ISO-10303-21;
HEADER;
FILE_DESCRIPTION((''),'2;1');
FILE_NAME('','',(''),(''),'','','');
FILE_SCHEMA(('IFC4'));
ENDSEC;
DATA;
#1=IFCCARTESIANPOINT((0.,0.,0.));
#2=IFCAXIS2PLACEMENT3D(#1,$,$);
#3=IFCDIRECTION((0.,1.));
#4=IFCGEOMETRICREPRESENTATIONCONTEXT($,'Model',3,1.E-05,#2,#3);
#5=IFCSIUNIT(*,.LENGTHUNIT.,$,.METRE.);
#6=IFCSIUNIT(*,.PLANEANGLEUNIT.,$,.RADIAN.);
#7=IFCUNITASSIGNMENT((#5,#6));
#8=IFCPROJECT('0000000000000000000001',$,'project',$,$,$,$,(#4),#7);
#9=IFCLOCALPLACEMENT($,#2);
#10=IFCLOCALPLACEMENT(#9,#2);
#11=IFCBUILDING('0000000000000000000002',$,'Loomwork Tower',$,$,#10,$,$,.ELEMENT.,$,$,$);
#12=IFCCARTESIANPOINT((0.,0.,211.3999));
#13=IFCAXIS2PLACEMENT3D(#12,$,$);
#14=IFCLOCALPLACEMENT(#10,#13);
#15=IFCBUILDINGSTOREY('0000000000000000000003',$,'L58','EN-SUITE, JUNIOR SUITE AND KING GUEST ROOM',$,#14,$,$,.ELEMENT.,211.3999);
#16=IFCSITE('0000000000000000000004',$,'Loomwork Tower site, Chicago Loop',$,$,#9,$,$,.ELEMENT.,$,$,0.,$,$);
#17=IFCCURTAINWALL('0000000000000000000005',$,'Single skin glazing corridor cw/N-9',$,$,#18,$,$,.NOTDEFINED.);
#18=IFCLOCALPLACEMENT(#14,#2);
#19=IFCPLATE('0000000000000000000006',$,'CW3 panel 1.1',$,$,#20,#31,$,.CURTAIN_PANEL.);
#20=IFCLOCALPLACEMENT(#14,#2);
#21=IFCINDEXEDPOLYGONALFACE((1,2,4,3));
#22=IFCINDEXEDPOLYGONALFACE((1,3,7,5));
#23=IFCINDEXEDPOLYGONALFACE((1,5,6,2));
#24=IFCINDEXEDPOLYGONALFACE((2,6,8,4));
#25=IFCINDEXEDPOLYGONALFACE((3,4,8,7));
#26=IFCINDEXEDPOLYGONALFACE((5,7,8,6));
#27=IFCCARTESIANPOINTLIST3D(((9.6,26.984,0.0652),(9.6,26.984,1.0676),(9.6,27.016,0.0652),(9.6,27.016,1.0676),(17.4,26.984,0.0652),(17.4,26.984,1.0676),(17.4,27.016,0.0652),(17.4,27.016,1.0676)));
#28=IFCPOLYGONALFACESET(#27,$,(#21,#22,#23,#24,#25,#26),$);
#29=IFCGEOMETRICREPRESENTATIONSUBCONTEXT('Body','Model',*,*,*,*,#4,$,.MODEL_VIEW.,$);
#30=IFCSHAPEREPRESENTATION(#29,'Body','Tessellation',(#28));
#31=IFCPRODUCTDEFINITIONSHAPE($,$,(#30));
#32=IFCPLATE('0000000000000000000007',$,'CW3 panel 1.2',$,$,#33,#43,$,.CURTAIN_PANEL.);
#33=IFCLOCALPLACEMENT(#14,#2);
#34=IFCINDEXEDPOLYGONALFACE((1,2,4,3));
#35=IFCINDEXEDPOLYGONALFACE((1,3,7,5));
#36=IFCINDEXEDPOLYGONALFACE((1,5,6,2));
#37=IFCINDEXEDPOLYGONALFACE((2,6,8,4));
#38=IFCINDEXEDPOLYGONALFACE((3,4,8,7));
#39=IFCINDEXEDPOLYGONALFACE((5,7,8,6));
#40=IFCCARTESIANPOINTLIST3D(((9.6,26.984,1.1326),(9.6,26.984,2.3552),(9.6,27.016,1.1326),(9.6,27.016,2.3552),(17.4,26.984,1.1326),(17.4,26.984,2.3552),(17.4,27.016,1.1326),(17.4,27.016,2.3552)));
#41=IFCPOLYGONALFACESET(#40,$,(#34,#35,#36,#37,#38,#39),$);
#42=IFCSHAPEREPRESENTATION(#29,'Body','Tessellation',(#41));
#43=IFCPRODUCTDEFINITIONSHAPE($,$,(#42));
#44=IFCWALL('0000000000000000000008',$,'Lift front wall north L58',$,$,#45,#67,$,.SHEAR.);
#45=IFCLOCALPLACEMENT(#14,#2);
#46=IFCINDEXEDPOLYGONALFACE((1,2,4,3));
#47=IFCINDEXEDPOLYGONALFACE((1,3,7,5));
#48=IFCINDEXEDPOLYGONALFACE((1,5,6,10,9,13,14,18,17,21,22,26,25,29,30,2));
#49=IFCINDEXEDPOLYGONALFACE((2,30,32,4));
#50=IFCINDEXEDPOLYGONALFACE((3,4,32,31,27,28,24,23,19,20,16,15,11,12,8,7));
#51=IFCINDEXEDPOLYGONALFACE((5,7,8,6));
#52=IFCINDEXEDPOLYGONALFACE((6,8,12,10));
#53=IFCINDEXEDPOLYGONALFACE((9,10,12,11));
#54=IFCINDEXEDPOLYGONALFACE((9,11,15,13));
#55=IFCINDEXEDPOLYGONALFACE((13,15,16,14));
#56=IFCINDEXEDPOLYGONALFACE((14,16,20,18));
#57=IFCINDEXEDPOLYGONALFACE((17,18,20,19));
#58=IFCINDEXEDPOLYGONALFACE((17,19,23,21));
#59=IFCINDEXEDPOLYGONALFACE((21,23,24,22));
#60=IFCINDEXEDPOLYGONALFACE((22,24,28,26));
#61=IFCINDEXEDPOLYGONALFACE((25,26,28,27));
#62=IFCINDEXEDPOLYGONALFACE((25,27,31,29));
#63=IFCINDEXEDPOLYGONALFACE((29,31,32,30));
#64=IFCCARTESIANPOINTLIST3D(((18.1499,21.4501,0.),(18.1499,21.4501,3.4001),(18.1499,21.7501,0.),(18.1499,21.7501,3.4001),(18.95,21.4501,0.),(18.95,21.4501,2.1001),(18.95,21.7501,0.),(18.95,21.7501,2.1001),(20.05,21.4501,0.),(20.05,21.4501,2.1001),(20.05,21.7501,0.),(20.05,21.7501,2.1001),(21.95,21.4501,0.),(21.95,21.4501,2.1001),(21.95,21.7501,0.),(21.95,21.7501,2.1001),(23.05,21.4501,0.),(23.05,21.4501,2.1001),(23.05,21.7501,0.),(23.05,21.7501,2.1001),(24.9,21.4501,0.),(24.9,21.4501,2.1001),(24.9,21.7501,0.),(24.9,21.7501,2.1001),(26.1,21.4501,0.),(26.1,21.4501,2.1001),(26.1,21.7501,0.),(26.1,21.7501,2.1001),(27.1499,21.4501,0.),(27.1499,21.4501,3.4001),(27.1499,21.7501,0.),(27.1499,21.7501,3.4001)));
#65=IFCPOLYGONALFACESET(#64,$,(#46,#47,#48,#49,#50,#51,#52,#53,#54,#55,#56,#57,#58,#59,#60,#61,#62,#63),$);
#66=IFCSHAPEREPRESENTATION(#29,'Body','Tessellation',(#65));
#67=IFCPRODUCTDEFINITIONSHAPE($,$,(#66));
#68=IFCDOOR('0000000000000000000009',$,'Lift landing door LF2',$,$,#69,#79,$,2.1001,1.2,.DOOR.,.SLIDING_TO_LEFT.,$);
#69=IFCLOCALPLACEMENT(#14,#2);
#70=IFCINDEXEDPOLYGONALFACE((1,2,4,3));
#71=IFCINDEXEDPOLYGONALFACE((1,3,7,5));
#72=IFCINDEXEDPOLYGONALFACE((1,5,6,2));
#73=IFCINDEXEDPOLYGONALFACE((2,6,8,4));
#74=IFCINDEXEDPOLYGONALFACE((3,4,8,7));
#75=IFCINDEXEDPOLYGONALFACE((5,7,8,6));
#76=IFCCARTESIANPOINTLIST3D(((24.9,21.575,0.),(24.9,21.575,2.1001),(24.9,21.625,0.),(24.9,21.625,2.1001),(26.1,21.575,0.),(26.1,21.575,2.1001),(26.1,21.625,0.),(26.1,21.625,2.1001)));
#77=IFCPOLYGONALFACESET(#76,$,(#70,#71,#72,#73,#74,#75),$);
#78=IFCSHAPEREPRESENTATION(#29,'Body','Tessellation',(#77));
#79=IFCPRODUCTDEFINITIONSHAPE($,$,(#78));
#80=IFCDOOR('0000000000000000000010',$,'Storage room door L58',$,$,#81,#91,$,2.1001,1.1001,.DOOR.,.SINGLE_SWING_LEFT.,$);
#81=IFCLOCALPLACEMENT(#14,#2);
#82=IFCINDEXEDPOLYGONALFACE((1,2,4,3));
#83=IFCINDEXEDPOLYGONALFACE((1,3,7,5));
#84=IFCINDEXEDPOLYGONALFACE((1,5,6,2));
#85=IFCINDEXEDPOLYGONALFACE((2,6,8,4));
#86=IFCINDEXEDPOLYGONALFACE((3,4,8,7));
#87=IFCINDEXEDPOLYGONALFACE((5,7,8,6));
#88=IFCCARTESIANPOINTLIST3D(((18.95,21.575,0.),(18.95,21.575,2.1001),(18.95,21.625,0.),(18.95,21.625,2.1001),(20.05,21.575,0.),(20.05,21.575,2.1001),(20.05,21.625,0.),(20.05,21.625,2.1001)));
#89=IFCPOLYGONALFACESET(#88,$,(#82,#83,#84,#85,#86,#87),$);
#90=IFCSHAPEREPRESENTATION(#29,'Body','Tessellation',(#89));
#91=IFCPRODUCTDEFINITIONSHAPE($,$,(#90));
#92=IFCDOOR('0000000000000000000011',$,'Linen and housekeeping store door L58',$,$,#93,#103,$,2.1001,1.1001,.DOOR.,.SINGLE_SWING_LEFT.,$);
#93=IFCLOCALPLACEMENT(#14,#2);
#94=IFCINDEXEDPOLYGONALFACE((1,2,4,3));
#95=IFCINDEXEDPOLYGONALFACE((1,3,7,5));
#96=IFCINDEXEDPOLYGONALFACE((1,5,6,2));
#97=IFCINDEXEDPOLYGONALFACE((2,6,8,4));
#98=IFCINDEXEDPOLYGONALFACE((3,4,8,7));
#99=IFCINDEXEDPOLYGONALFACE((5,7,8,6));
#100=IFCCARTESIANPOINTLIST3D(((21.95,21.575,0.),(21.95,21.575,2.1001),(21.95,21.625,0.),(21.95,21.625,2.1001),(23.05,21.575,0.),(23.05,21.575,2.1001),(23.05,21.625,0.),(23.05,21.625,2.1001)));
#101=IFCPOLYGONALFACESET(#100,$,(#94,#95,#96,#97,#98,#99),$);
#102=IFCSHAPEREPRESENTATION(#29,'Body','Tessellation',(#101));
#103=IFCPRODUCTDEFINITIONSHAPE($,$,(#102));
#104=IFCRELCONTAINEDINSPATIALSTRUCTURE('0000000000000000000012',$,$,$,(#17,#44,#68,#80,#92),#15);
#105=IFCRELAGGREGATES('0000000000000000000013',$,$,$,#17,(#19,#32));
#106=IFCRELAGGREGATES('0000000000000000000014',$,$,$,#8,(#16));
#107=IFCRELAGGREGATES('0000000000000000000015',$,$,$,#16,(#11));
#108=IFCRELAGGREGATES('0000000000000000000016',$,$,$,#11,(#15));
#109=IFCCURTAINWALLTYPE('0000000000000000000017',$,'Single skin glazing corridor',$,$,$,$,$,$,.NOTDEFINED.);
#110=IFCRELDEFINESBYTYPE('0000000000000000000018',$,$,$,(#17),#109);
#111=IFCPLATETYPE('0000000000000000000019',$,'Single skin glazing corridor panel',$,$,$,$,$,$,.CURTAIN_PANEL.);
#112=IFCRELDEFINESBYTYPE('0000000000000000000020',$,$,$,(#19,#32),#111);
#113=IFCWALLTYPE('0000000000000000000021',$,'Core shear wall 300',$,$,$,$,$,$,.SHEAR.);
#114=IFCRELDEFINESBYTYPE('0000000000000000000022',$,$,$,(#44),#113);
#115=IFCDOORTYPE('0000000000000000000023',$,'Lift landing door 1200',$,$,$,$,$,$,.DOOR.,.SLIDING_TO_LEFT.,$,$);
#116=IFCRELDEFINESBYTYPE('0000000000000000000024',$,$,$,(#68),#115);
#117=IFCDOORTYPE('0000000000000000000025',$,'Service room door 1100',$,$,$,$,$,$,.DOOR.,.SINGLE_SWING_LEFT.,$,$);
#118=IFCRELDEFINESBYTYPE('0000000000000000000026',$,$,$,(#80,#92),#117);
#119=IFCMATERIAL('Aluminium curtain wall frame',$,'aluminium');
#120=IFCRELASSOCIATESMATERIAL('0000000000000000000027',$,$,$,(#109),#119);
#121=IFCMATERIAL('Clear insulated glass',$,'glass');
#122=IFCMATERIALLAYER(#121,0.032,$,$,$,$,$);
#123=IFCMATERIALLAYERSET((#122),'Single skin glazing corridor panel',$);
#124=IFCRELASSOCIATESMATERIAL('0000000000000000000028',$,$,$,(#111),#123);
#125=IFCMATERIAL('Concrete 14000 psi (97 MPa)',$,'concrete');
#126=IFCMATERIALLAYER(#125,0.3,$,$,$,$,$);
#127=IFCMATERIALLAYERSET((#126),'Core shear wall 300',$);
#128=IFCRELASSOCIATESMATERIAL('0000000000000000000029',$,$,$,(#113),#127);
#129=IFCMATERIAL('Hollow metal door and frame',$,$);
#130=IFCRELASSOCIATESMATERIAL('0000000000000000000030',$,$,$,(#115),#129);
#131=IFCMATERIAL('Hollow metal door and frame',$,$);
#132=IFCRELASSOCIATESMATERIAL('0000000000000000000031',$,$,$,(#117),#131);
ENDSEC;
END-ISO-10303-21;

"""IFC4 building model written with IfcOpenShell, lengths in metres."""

from ifc_helpers import new_model, si_unit, direction, frame, frame_2d, origin, origin_2d, place, context, subcontext, project, spatial, rectangle, extrude, material, layer, layer_set, type_object, element, fill, aggregate, save


model = new_model("IFC4")

# Units and contexts
model_context = context("Model", 3, precision=1e-05, world=origin(), true_north=direction((0.0, 1.0)))
body_context = subcontext(model_context, "Body", "Model", "MODEL_VIEW")
ifc_project = project(units=[si_unit("LENGTHUNIT", "METRE"), si_unit("PLANEANGLEUNIT", "RADIAN")], contexts=[model_context])

# Site, building, storey
site_placement = place(None, origin())
site = spatial("IfcSite", under=ifc_project, at=site_placement, Name="Loomwork Tower site, Chicago Loop", CompositionType="ELEMENT", RefElevation=0.0)
building_placement = place(site_placement, origin())
building = spatial("IfcBuilding", under=site, at=building_placement, Name="Loomwork Tower", CompositionType="ELEMENT")
storey_placement = place(building_placement, frame((0.0, 0.0, 211.3999)))
storey = spatial("IfcBuildingStorey", under=building, at=storey_placement, Name="L58", Description="EN-SUITE, JUNIOR SUITE AND KING GUEST ROOM", CompositionType="ELEMENT", Elevation=211.3999)

# Shared definitions
ifc_material_1 = material(Name="Aluminium curtain wall frame", Category="aluminium")
curtain_wall_type = type_object("IfcCurtainWallType", Name="Single skin glazing corridor", PredefinedType="NOTDEFINED", material=ifc_material_1)

# Curtain wall, plates
curtain_wall_1_placement = place(storey_placement, origin())
curtain_wall_1 = element("IfcCurtainWall", 1, at=curtain_wall_1_placement, inside=storey, type_object=curtain_wall_type, Name="Single skin glazing corridor cw/N-9", PredefinedType="NOTDEFINED")
ifc_material_2 = material(Name="Clear insulated glass", Category="glass")
ifc_layer_1 = layer(ifc_material_2, 0.032)
ifc_layer_set_1 = layer_set([ifc_layer_1], Name="Single skin glazing corridor panel")
plate_type = type_object("IfcPlateType", Name="Single skin glazing corridor panel", PredefinedType="CURTAIN_PANEL", material=ifc_layer_set_1)
plate_1_placement = place(storey_placement, frame((13.5, 27.0, 0.0652), z_axis=(0.0, 0.0, 1.0), x_axis=(-1.0, 0.0, 0.0)))
plate_1 = element("IfcPlate", 2, at=plate_1_placement, type_object=plate_type, Name="CW3 panel 1.1", PredefinedType="CURTAIN_PANEL", context=body_context, shape_type="SweptSolid", body=[
    extrude(rectangle(XDim=7.8, YDim=0.032, at=origin_2d()), origin(), (0.0, 0.0, 1.0), 1.0024),
])
plate_2_placement = place(storey_placement, frame((13.5, 27.0, 1.1326), z_axis=(0.0, 0.0, 1.0), x_axis=(-1.0, 0.0, 0.0)))
plate_2 = element("IfcPlate", 3, at=plate_2_placement, type_object=plate_type, Name="CW3 panel 1.2", PredefinedType="CURTAIN_PANEL", context=body_context, shape_type="SweptSolid", body=[
    extrude(rectangle(XDim=7.8, YDim=0.032, at=origin_2d()), origin(), (0.0, 0.0, 1.0), 1.2227),
])
aggregate(curtain_wall_1, [plate_1, plate_2])

# Wall, openings, doors
ifc_material_3 = material(Name="Concrete 14000 psi (97 MPa)", Category="concrete")
ifc_layer_2 = layer(ifc_material_3, 0.3)
ifc_layer_set_2 = layer_set([ifc_layer_2], Name="Core shear wall 300")
wall_type_1 = type_object("IfcWallType", Name="Core shear wall 300", PredefinedType="SHEAR", material=ifc_layer_set_2)
wall_1_placement = place(storey_placement, frame((18.1499, 21.6001, 0.0), z_axis=(0.0, 0.0, 1.0), x_axis=(1.0, 0.0, 0.0)))
wall_1 = element("IfcWall", 4, at=wall_1_placement, inside=storey, type_object=wall_type_1, Name="Lift front wall north L58", PredefinedType="SHEAR", context=body_context, shape_type="SweptSolid", body=[
    extrude(rectangle(XDim=9.0, YDim=0.3, at=frame_2d((4.5, 0.0))), origin(), (0.0, 0.0, 1.0), 3.4001),
])
opening_1_placement = place(wall_1_placement, frame((6.75, 0.0, 0.0)))
opening_1 = element("IfcOpeningElement", 5, at=opening_1_placement, cuts=wall_1, PredefinedType="OPENING", context=body_context, shape_type="SweptSolid", body=[
    extrude(rectangle(XDim=1.2, YDim=2.1001, at=frame_2d((0.6001, 1.05))), frame((0.0, 0.1599, 0.0), z_axis=(0.0, -1.0, 0.0), x_axis=(1.0, 0.0, 0.0)), (0.0, 0.0, 1.0), 0.3201),
])
opening_2_placement = place(wall_1_placement, frame((0.8, 0.0, 0.0)))
opening_2 = element("IfcOpeningElement", 6, at=opening_2_placement, cuts=wall_1, PredefinedType="OPENING", context=body_context, shape_type="SweptSolid", body=[
    extrude(rectangle(XDim=1.1001, YDim=2.1001, at=frame_2d((0.55, 1.05))), frame((0.0, 0.1599, 0.0), z_axis=(0.0, -1.0, 0.0), x_axis=(1.0, 0.0, 0.0)), (0.0, 0.0, 1.0), 0.3201),
])
opening_3_placement = place(wall_1_placement, frame((3.8, 0.0, 0.0)))
opening_3 = element("IfcOpeningElement", 7, at=opening_3_placement, cuts=wall_1, PredefinedType="OPENING", context=body_context, shape_type="SweptSolid", body=[
    extrude(rectangle(XDim=1.1001, YDim=2.1001, at=frame_2d((0.55, 1.05))), frame((0.0, 0.1599, 0.0), z_axis=(0.0, -1.0, 0.0), x_axis=(1.0, 0.0, 0.0)), (0.0, 0.0, 1.0), 0.3201),
])
ifc_material_4 = material(Name="Hollow metal door and frame")
door_type_1 = type_object("IfcDoorType", Name="Lift landing door 1200", OperationType="SLIDING_TO_LEFT", PredefinedType="DOOR", material=ifc_material_4)
door_1_placement = place(opening_1_placement, origin())
door_1 = element("IfcDoor", 8, at=door_1_placement, inside=storey, type_object=door_type_1, Name="Lift landing door LF2", OperationType="SLIDING_TO_LEFT", OverallHeight=2.1001, OverallWidth=1.2, PredefinedType="DOOR", context=body_context, shape_type="SweptSolid", body=[
    extrude(rectangle(XDim=1.2, YDim=2.1001, at=frame_2d((0.6001, 1.05))), frame((0.0, 0.0249, 0.0), z_axis=(0.0, -1.0, 0.0), x_axis=(1.0, 0.0, 0.0)), (0.0, 0.0, 1.0), 0.05),
])
fill(opening_1, door_1)
ifc_material_5 = material(Name="Hollow metal door and frame")
door_type_2 = type_object("IfcDoorType", Name="Service room door 1100", OperationType="SINGLE_SWING_LEFT", PredefinedType="DOOR", material=ifc_material_5)
door_2_placement = place(opening_2_placement, origin())
door_2 = element("IfcDoor", 9, at=door_2_placement, inside=storey, type_object=door_type_2, Name="Storage room door L58", OperationType="SINGLE_SWING_LEFT", OverallHeight=2.1001, OverallWidth=1.1001, PredefinedType="DOOR", context=body_context, shape_type="SweptSolid", body=[
    extrude(rectangle(XDim=1.1001, YDim=2.1001, at=frame_2d((0.55, 1.05))), frame((0.0, 0.0249, 0.0), z_axis=(0.0, -1.0, 0.0), x_axis=(1.0, 0.0, 0.0)), (0.0, 0.0, 1.0), 0.05),
])
fill(opening_2, door_2)
door_3_placement = place(opening_3_placement, origin())
door_3 = element("IfcDoor", 10, at=door_3_placement, inside=storey, type_object=door_type_2, Name="Linen and housekeeping store door L58", OperationType="SINGLE_SWING_LEFT", OverallHeight=2.1001, OverallWidth=1.1001, PredefinedType="DOOR", context=body_context, shape_type="SweptSolid", body=[
    extrude(rectangle(XDim=1.1001, YDim=2.1001, at=frame_2d((0.55, 1.05))), frame((0.0, 0.0249, 0.0), z_axis=(0.0, -1.0, 0.0), x_axis=(1.0, 0.0, 0.0)), (0.0, 0.0, 1.0), 0.05),
])
fill(opening_3, door_3)

save(model, "model.ifc")
